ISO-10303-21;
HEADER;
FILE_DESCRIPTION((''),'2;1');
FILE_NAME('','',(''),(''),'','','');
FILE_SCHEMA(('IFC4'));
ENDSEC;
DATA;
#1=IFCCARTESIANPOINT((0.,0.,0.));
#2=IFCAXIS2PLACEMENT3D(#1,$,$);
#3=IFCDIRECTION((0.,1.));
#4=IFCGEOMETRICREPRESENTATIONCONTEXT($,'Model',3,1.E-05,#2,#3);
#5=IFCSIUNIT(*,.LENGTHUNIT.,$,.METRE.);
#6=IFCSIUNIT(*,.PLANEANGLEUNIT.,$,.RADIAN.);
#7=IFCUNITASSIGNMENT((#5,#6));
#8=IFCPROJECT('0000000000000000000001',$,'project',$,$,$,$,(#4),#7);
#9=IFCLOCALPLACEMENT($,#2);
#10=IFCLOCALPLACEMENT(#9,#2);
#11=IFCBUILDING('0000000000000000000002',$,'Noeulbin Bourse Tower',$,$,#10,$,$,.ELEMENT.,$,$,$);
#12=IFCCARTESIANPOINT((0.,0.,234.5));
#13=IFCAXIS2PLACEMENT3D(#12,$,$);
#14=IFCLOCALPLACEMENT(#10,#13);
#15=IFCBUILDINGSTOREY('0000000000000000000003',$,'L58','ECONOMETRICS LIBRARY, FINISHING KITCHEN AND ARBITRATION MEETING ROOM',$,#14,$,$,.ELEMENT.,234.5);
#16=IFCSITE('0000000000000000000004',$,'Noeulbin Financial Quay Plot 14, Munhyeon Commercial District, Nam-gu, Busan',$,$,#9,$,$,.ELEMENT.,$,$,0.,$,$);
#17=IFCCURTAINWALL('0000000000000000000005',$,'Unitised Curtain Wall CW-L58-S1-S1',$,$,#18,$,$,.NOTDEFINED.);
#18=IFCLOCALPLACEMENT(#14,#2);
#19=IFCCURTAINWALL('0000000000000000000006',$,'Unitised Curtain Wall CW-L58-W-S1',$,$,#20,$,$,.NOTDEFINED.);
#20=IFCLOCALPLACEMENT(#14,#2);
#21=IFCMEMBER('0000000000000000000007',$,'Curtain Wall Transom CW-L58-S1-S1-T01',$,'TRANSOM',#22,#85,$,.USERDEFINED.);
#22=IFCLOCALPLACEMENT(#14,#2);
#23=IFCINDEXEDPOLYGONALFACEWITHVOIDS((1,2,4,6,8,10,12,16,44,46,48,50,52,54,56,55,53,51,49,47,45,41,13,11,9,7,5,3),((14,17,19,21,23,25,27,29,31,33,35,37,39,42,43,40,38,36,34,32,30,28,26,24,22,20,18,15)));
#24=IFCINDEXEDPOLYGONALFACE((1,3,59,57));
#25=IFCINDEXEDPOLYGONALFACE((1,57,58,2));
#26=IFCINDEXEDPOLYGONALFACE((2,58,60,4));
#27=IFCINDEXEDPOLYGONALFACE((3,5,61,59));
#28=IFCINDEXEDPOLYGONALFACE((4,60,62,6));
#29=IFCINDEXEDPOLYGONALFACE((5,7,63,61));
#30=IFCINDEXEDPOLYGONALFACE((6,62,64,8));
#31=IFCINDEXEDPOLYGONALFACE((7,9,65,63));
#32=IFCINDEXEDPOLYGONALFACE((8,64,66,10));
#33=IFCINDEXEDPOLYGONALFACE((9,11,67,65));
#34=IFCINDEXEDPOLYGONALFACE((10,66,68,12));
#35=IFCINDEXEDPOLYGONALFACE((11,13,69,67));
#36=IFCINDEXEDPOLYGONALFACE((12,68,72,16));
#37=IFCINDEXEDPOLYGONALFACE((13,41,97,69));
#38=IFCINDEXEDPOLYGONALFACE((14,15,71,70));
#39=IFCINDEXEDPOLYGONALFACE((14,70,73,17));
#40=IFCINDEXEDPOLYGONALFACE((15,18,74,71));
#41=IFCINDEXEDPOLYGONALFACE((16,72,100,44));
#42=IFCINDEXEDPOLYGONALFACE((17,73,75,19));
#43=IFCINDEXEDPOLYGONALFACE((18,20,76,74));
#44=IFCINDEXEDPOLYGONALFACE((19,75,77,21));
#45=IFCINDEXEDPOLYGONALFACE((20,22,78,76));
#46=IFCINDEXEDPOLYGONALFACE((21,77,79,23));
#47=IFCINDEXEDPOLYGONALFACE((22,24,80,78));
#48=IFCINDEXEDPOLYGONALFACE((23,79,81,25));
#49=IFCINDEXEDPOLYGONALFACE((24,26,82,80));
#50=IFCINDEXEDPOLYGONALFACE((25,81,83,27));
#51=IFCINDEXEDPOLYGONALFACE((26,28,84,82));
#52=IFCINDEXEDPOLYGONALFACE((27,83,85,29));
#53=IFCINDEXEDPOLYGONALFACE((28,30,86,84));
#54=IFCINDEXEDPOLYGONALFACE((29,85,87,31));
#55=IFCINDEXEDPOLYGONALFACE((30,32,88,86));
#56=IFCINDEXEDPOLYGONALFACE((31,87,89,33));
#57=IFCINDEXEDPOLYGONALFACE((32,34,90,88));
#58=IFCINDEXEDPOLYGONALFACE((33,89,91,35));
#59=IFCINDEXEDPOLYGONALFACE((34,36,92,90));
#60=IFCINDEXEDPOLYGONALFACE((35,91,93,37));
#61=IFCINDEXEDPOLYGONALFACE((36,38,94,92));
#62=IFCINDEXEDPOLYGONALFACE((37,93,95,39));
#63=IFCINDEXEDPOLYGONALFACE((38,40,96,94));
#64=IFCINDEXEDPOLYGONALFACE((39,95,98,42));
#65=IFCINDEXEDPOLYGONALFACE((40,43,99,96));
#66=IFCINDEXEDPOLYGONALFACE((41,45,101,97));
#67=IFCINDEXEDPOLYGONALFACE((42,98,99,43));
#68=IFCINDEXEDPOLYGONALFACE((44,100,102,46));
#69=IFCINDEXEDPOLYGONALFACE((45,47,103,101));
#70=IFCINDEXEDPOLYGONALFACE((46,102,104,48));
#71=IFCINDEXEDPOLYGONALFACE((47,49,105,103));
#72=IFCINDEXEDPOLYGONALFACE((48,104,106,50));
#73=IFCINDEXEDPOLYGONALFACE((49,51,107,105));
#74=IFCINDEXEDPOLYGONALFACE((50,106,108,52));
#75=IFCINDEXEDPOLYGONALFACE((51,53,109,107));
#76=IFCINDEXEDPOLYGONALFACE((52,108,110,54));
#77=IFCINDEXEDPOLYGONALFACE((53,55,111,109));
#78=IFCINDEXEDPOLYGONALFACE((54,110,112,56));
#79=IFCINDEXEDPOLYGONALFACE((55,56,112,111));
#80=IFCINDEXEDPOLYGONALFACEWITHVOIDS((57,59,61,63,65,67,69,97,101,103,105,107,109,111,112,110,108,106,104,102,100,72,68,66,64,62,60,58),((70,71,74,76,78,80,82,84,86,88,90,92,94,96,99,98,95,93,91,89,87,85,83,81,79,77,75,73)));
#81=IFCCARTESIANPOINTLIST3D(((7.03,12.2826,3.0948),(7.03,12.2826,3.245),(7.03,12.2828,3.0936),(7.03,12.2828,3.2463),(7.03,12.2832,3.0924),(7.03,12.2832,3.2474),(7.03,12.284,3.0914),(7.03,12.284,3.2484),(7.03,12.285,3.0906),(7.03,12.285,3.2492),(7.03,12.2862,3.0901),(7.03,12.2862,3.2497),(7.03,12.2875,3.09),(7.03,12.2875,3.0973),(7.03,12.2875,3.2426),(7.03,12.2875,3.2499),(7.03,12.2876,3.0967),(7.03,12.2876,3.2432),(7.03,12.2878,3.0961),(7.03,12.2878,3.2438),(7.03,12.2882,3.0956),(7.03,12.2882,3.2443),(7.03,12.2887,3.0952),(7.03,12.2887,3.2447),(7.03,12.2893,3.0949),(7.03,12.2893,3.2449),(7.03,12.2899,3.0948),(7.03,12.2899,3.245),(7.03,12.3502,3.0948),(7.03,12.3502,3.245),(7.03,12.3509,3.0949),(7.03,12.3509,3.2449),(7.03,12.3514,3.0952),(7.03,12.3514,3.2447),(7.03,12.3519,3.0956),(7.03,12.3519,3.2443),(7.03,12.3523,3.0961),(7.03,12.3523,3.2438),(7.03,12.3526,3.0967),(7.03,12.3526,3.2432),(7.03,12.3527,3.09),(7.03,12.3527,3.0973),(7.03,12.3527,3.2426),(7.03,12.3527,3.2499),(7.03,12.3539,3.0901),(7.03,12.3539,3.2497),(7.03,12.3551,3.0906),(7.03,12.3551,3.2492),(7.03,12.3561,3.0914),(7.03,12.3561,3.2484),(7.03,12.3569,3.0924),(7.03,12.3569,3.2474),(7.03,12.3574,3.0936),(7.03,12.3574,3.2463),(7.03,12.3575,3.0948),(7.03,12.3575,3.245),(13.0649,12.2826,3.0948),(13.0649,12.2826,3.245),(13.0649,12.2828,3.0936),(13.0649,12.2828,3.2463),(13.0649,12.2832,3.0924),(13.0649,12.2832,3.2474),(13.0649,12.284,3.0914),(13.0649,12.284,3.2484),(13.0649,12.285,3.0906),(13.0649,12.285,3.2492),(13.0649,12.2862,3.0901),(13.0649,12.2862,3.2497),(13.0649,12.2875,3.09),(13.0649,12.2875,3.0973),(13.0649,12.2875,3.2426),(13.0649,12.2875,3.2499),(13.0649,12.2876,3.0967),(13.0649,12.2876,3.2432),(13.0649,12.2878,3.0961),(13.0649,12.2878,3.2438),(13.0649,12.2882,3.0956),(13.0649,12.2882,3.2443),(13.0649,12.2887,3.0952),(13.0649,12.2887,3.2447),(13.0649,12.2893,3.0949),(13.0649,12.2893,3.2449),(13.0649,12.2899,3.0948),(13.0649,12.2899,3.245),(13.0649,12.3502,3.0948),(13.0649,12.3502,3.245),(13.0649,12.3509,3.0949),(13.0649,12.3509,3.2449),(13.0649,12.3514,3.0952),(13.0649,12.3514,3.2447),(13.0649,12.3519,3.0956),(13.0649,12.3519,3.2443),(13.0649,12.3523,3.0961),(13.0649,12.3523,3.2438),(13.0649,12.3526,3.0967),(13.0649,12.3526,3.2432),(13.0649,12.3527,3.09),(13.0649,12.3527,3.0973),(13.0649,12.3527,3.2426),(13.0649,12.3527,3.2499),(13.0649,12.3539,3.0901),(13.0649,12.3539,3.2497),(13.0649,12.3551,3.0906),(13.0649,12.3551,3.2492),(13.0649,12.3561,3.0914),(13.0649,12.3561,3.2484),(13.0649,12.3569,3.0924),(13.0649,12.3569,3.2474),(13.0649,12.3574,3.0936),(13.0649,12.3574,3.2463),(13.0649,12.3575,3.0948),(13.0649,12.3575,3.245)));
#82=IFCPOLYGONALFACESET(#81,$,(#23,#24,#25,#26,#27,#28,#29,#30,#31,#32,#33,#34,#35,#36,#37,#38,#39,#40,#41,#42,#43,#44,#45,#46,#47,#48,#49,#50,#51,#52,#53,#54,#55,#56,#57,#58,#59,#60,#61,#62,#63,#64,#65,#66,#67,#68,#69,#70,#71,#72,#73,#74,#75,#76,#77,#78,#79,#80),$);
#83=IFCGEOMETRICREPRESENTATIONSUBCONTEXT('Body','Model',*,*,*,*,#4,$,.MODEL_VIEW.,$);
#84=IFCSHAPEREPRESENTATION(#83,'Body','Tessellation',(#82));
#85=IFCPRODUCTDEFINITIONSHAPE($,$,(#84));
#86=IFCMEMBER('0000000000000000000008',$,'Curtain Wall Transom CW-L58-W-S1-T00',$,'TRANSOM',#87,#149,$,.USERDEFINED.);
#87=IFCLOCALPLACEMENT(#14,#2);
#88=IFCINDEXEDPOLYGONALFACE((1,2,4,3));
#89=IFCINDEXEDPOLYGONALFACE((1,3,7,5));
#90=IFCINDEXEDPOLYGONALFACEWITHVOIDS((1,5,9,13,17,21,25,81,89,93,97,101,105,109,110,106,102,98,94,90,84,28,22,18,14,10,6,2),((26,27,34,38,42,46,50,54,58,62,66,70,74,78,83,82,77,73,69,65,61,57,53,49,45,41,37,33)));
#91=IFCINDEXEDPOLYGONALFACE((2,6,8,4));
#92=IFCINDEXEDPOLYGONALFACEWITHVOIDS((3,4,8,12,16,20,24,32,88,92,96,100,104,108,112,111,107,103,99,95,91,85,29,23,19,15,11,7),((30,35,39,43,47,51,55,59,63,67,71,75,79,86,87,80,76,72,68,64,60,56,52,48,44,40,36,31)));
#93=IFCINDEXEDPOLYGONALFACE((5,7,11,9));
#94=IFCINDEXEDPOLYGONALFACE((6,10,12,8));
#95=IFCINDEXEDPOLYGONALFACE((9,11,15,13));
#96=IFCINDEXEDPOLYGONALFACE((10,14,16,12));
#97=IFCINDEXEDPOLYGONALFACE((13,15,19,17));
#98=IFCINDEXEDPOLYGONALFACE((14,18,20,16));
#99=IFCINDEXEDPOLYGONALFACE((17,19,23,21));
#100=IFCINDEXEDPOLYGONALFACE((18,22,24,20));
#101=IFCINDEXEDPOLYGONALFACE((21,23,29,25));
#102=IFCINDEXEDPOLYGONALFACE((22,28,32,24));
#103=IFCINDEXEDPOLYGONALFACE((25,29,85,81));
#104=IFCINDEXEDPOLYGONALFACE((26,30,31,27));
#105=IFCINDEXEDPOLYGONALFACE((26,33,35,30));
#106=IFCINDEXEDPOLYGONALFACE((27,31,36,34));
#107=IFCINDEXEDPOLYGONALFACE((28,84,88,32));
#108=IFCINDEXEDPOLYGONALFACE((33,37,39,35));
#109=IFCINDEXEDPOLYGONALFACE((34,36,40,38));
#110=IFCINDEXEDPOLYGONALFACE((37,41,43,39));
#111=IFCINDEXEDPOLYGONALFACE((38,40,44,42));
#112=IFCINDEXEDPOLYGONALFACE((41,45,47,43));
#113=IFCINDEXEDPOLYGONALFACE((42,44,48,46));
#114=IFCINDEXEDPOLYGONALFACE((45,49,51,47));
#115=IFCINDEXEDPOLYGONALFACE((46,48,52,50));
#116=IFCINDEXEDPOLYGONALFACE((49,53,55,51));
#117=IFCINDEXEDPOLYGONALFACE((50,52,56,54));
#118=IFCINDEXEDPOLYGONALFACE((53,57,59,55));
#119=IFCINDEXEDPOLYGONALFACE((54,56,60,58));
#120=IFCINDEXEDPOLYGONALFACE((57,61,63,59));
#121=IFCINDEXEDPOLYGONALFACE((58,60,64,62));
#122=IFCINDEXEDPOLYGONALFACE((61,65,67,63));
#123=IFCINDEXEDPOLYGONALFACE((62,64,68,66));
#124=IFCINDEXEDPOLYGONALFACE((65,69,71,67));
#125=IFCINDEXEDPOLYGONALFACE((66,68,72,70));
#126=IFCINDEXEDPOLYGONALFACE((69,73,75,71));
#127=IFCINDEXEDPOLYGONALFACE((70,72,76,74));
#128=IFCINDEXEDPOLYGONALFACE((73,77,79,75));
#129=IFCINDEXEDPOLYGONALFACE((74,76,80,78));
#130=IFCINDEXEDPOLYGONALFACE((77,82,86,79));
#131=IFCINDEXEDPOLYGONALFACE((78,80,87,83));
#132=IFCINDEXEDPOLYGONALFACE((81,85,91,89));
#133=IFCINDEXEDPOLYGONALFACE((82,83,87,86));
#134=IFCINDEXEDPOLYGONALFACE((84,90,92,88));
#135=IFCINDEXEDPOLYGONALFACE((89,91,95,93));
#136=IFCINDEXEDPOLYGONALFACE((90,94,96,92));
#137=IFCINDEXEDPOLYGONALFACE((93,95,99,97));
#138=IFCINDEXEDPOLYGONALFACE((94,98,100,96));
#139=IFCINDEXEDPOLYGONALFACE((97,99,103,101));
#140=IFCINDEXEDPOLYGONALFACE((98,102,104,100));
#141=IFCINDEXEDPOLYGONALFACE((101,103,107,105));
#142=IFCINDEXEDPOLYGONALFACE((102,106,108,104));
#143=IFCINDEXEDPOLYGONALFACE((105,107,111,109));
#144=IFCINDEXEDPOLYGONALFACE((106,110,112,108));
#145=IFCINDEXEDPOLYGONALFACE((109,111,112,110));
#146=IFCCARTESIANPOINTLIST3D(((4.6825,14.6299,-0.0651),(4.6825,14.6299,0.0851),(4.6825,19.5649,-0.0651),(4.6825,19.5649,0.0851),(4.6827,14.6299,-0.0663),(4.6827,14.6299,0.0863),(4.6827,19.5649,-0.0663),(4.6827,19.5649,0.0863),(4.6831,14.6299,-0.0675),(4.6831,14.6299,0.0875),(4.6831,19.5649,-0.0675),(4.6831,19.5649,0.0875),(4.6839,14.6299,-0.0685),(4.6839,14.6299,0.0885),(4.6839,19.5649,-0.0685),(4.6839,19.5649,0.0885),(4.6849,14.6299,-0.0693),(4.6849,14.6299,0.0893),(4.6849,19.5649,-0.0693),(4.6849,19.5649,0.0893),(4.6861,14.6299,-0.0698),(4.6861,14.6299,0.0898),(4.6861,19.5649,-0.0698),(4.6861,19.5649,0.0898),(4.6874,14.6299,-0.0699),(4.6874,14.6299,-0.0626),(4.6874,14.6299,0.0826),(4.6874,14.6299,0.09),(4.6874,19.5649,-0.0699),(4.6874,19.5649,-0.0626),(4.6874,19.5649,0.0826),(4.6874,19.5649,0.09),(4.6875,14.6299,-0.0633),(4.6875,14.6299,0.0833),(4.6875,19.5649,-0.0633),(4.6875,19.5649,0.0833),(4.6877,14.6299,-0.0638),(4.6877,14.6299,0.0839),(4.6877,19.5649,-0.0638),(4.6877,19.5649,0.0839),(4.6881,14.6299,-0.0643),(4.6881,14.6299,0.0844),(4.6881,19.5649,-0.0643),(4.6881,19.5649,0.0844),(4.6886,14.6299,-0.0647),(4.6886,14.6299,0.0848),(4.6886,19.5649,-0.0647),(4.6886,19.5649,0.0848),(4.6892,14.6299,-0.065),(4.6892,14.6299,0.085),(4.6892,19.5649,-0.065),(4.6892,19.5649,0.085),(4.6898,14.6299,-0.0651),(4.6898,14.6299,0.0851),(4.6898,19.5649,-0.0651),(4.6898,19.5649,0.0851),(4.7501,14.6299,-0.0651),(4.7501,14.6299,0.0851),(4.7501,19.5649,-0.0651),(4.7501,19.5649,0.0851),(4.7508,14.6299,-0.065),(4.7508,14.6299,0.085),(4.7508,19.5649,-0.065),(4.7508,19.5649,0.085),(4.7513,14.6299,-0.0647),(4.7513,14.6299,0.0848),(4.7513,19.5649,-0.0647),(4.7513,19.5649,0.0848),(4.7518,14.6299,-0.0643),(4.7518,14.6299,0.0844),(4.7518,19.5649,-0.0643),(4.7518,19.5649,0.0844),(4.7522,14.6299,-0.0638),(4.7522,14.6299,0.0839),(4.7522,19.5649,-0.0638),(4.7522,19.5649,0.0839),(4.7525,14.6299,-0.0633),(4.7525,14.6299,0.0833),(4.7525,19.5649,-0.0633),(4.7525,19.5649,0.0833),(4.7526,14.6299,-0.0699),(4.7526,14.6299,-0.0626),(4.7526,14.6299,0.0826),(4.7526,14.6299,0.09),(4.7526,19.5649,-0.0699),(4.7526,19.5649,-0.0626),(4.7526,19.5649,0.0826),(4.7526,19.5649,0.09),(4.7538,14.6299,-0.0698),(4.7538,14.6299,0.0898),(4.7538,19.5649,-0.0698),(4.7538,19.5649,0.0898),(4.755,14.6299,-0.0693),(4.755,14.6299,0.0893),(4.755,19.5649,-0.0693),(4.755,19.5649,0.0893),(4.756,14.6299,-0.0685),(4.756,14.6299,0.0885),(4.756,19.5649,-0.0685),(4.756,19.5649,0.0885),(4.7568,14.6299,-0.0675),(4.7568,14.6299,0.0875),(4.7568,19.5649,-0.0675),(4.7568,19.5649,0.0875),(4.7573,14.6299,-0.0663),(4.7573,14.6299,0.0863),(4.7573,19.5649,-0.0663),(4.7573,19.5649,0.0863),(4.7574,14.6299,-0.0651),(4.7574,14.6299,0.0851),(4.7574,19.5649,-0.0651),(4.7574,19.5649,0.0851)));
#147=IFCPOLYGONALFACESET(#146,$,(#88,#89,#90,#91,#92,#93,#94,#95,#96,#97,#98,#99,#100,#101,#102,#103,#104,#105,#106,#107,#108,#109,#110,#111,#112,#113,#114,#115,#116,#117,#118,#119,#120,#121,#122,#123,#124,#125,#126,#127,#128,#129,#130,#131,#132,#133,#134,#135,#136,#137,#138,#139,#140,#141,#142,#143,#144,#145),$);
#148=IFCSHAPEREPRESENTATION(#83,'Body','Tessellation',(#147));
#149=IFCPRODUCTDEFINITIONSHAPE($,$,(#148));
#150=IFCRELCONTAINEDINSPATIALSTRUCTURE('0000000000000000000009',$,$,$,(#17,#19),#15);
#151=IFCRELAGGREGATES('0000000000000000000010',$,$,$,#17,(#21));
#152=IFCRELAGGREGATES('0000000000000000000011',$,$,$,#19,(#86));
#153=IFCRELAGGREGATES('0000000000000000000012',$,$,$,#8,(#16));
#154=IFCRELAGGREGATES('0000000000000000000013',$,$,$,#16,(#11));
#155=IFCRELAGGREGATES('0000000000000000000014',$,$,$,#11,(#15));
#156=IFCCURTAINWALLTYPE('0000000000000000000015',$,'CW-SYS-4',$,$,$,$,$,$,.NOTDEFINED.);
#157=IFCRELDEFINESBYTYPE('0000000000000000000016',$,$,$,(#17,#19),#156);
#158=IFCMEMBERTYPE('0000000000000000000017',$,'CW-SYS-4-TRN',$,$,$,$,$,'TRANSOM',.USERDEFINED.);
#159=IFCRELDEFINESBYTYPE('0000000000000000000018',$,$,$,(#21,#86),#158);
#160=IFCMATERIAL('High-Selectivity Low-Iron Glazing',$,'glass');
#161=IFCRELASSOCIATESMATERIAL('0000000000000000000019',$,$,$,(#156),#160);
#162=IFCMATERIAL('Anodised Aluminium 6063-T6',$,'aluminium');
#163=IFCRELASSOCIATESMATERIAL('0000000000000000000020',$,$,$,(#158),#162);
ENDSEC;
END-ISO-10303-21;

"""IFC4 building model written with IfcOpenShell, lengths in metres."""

from ifc_helpers import new_model, si_unit, direction, frame, origin, origin_2d, place, context, subcontext, project, spatial, hollow_rectangle, extrude, material, material_profile, profile_set, type_object, element, aggregate, save


model = new_model("IFC4")

# Units and contexts
model_context = context("Model", 3, precision=1e-05, world=origin(), true_north=direction((0.0, 1.0)))
body_context = subcontext(model_context, "Body", "Model", "MODEL_VIEW")
ifc_project = project(units=[si_unit("LENGTHUNIT", "METRE"), si_unit("PLANEANGLEUNIT", "RADIAN")], contexts=[model_context])

# Site, building, storey
site_placement = place(None, origin())
site = spatial("IfcSite", under=ifc_project, at=site_placement, Name="Noeulbin Financial Quay Plot 14, Munhyeon Commercial District, Nam-gu, Busan", CompositionType="ELEMENT", RefElevation=0.0)
building_placement = place(site_placement, origin())
building = spatial("IfcBuilding", under=site, at=building_placement, Name="Noeulbin Bourse Tower", CompositionType="ELEMENT")
storey_placement = place(building_placement, frame((0.0, 0.0, 234.5)))
storey = spatial("IfcBuildingStorey", under=building, at=storey_placement, Name="L58", Description="ECONOMETRICS LIBRARY, FINISHING KITCHEN AND ARBITRATION MEETING ROOM", CompositionType="ELEMENT", Elevation=234.5)

# Curtain walls
ifc_material_1 = material(Name="High-Selectivity Low-Iron Glazing", Category="glass")
curtain_wall_type = type_object("IfcCurtainWallType", Name="CW-SYS-4", PredefinedType="NOTDEFINED", material=ifc_material_1)
curtain_wall_1_placement = place(storey_placement, origin())
curtain_wall_1 = element("IfcCurtainWall", 1, at=curtain_wall_1_placement, inside=storey, type_object=curtain_wall_type, Name="Unitised Curtain Wall CW-L58-S1-S1", PredefinedType="NOTDEFINED")
ifc_material_2 = material(Name="Anodised Aluminium 6063-T6", Category="aluminium")
curtain_wall_2_placement = place(storey_placement, origin())
curtain_wall_2 = element("IfcCurtainWall", 2, at=curtain_wall_2_placement, inside=storey, type_object=curtain_wall_type, Name="Unitised Curtain Wall CW-L58-W-S1", PredefinedType="NOTDEFINED")

# Members
ifc_material_profile_1 = material_profile(ifc_material_2, hollow_rectangle(XDim=0.075, YDim=0.1599, WallThickness=0.0049, InnerFilletRadius=0.0024, OuterFilletRadius=0.0049, at=origin_2d()), Name="ALU-TRAN-75x160x5", Category="LoadBearing")
ifc_profile_set_1 = profile_set([ifc_material_profile_1], Name="Anodised Aluminium 6063-T6")
member_type_1 = type_object("IfcMemberType", Name="CW-SYS-4-TRN", ElementType="TRANSOM", PredefinedType="USERDEFINED", material=ifc_profile_set_1)
member_1_placement = place(storey_placement, frame((7.03, 12.3201, 3.1699), z_axis=(1.0, 0.0, 0.0), x_axis=(0.0, 1.0, 0.0)))
member_1 = element("IfcMember", 3, at=member_1_placement, type_object=member_type_1, Name="Curtain Wall Transom CW-L58-S1-S1-T01", ObjectType="TRANSOM", PredefinedType="USERDEFINED", context=body_context, shape_type="SweptSolid", body=[
    extrude(hollow_rectangle(XDim=0.075, YDim=0.1599, WallThickness=0.0049, InnerFilletRadius=0.0024, OuterFilletRadius=0.0049, at=origin_2d()), origin(), (0.0, 0.0, 1.0), 6.0349),
])
member_2_placement = place(storey_placement, frame((4.72, 14.6299, 0.01), z_axis=(0.0, 1.0, 0.0), x_axis=(-1.0, 0.0, 0.0)))
member_2 = element("IfcMember", 4, at=member_2_placement, type_object=member_type_1, Name="Curtain Wall Transom CW-L58-W-S1-T00", ObjectType="TRANSOM", PredefinedType="USERDEFINED", context=body_context, shape_type="SweptSolid", body=[
    extrude(hollow_rectangle(XDim=0.075, YDim=0.1599, WallThickness=0.0049, InnerFilletRadius=0.0024, OuterFilletRadius=0.0049, at=origin_2d()), origin(), (0.0, 0.0, 1.0), 4.9351),
])

aggregate(curtain_wall_1, [member_1])
aggregate(curtain_wall_2, [member_2])

save(model, "model.ifc")
